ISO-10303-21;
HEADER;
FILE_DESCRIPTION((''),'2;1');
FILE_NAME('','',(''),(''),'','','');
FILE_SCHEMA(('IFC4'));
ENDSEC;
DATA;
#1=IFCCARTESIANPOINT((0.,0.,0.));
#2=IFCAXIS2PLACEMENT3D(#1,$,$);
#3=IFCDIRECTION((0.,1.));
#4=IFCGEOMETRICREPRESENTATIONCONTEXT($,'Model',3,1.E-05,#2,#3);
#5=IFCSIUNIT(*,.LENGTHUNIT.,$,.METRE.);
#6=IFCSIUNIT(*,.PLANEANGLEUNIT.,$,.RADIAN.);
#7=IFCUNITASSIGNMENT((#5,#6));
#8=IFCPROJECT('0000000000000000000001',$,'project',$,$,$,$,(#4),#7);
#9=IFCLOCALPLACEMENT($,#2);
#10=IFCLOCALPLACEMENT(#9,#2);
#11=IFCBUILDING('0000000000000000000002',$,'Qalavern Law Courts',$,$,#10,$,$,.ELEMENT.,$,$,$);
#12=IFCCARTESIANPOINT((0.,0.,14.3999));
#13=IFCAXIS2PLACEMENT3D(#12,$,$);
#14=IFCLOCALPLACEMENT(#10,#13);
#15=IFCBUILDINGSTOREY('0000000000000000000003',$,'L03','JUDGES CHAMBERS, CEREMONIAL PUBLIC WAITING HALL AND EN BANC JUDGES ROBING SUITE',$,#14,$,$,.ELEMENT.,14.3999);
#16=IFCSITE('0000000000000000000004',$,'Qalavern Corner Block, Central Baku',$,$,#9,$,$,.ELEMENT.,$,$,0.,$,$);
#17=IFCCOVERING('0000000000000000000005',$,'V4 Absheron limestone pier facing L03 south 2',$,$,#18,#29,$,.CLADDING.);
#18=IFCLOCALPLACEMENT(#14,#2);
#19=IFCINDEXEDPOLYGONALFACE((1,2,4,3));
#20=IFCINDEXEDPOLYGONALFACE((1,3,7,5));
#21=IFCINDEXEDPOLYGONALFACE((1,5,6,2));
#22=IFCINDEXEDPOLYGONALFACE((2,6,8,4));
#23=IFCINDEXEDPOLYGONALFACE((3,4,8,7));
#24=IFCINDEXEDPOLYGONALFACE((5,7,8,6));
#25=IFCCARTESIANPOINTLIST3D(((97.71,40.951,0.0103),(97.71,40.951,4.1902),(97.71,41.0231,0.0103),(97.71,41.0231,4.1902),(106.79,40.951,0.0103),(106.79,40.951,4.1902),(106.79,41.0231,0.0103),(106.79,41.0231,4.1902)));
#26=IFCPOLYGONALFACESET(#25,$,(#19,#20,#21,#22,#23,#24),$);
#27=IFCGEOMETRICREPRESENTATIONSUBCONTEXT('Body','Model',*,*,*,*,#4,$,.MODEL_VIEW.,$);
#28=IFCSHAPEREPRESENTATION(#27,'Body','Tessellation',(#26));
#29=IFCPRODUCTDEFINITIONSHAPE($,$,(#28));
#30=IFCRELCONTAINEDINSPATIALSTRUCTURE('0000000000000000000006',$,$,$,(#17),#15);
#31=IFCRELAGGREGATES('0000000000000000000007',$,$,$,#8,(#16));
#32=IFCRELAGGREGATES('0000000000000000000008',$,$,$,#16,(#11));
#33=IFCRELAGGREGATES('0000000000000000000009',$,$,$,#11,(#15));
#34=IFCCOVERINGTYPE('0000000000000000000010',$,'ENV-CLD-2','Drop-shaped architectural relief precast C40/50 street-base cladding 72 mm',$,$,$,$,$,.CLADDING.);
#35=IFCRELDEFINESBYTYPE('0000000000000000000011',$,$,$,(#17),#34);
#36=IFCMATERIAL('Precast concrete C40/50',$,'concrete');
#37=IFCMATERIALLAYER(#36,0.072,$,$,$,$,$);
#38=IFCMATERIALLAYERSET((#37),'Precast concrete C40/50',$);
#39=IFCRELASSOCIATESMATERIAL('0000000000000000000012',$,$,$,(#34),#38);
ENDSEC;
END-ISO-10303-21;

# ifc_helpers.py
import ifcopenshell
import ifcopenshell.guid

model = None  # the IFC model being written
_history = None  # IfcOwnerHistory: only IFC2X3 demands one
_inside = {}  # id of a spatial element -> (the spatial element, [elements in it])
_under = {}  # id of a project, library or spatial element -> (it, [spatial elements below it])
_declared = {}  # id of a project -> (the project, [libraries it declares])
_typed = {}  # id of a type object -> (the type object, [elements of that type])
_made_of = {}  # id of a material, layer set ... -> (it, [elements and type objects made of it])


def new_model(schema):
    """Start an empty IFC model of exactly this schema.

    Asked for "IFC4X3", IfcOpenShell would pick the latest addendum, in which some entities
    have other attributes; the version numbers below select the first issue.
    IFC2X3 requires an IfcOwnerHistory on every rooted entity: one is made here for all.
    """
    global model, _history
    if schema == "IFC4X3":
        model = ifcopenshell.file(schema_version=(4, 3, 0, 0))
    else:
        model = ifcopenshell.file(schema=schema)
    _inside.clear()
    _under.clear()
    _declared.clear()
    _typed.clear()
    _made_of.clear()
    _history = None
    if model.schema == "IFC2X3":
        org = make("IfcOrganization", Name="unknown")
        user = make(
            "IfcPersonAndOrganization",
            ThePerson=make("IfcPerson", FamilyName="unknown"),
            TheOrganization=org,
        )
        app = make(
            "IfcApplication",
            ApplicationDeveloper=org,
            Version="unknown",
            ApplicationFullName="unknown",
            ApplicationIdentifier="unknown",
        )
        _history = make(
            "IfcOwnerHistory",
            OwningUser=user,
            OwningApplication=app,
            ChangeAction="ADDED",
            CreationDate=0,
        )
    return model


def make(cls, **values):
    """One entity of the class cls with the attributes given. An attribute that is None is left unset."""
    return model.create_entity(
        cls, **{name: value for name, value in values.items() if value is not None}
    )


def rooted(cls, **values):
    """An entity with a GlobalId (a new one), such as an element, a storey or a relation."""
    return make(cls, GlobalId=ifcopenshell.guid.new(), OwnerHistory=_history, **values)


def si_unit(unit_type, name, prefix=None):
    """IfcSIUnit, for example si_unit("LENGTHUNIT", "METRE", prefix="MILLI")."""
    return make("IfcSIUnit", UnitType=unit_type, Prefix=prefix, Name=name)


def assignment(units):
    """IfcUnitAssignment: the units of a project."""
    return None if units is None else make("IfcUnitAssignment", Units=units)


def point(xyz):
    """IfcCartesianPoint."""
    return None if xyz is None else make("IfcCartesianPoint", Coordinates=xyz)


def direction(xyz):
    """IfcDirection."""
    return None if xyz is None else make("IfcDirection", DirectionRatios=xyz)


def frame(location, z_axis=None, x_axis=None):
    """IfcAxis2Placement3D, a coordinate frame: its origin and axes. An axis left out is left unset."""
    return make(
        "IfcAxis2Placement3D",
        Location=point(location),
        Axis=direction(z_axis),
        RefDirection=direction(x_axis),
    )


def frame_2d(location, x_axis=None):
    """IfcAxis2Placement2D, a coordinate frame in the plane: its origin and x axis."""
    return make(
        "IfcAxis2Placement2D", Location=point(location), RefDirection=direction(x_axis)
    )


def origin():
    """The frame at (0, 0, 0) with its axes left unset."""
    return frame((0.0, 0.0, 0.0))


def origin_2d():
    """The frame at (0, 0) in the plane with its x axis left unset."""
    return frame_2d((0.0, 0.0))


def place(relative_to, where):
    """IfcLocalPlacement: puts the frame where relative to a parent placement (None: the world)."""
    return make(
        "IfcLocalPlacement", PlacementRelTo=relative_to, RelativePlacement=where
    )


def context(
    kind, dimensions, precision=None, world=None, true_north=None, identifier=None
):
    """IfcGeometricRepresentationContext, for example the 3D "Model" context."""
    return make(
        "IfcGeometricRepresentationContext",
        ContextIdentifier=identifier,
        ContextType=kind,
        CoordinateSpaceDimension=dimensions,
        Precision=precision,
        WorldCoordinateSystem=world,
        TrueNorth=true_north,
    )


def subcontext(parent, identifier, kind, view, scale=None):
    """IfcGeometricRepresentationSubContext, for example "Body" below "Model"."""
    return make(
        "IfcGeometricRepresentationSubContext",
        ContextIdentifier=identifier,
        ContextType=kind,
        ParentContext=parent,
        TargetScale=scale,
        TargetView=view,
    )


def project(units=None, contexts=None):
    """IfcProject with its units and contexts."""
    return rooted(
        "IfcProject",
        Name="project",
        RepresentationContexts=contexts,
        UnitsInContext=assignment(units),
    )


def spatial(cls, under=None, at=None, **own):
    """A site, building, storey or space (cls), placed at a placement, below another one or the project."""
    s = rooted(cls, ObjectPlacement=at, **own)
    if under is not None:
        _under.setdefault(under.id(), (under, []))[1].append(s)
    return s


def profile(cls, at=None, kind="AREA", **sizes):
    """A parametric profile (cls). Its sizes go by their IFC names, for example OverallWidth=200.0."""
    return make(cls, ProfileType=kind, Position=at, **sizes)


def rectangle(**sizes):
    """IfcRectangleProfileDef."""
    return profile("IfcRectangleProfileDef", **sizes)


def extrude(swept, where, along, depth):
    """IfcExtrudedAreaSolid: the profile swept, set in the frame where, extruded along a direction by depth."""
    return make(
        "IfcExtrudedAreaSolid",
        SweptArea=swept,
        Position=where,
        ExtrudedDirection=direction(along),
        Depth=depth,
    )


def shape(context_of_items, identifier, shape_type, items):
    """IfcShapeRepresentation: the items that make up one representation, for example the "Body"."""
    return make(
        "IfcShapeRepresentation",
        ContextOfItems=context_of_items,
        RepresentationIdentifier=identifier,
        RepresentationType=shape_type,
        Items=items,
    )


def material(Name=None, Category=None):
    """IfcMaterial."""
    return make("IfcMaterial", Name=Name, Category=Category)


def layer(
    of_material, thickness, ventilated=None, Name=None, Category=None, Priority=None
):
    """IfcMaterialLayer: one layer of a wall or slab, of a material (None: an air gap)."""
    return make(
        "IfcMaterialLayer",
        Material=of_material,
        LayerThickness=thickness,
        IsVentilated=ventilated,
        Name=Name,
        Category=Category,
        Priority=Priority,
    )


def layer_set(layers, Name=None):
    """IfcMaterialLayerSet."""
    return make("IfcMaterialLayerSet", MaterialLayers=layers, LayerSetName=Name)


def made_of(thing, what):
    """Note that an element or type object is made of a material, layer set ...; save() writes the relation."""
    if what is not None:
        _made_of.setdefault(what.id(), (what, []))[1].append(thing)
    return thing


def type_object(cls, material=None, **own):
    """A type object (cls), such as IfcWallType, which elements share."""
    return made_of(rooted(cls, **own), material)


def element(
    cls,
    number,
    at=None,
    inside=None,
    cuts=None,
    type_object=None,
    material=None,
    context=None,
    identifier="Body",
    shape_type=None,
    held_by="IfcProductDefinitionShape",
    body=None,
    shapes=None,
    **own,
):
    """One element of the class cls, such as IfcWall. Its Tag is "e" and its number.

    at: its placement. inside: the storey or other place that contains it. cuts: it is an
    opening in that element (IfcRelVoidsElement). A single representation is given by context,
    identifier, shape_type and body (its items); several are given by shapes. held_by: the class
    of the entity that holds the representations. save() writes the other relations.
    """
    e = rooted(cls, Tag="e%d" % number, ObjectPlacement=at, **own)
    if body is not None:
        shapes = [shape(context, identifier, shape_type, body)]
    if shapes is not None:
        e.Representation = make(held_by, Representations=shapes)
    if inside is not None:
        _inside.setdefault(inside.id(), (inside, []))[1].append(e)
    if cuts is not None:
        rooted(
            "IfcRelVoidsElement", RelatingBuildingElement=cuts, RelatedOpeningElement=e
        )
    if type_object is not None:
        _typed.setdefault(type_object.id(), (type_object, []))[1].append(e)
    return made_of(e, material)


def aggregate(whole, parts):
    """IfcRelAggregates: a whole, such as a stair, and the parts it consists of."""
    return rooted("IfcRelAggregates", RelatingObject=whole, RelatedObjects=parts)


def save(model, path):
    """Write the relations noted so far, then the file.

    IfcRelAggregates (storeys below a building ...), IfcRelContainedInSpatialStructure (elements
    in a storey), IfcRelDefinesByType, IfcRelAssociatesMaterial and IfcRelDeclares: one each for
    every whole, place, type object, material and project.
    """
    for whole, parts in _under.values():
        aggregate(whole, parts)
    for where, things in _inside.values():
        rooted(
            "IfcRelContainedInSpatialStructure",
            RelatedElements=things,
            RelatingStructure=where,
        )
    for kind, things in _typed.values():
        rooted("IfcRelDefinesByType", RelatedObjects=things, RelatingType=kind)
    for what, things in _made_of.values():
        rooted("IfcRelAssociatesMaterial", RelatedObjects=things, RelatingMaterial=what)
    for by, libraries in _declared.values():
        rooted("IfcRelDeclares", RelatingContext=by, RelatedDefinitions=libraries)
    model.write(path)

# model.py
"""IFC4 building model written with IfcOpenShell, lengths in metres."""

from ifc_helpers import new_model, si_unit, direction, frame, origin, origin_2d, place, context, subcontext, project, spatial, rectangle, extrude, material, layer, layer_set, type_object, element, save


model = new_model("IFC4")

# Units and contexts
model_context = context("Model", 3, precision=1e-05, world=origin(), true_north=direction((0.0, 1.0)))
body_context = subcontext(model_context, "Body", "Model", "MODEL_VIEW")
ifc_project = project(units=[si_unit("LENGTHUNIT", "METRE"), si_unit("PLANEANGLEUNIT", "RADIAN")], contexts=[model_context])

# Site, building, storey
site_placement = place(None, origin())
site = spatial("IfcSite", under=ifc_project, at=site_placement, Name="Qalavern Corner Block, Central Baku", CompositionType="ELEMENT", RefElevation=0.0)
building_placement = place(site_placement, origin())
building = spatial("IfcBuilding", under=site, at=building_placement, Name="Qalavern Law Courts", CompositionType="ELEMENT")
storey_placement = place(building_placement, frame((0.0, 0.0, 14.3999)))
storey = spatial("IfcBuildingStorey", under=building, at=storey_placement, Name="L03", Description="JUDGES CHAMBERS, CEREMONIAL PUBLIC WAITING HALL AND EN BANC JUDGES ROBING SUITE", CompositionType="ELEMENT", Elevation=14.3999)

# Covering
ifc_material_1 = material(Name="Precast concrete C40/50", Category="concrete")
ifc_layer_1 = layer(ifc_material_1, 0.072)
ifc_layer_set_1 = layer_set([ifc_layer_1], Name="Precast concrete C40/50")
covering_type = type_object("IfcCoveringType", Name="ENV-CLD-2", Description="Drop-shaped architectural relief precast C40/50 street-base cladding 72 mm", PredefinedType="CLADDING", material=ifc_layer_set_1)
covering_1_placement = place(storey_placement, frame((102.25, 40.9871, 0.0103), z_axis=(0.0, 0.0, 1.0), x_axis=(1.0, 0.0, 0.0)))
element("IfcCovering", 1, at=covering_1_placement, inside=storey, type_object=covering_type, Name="V4 Absheron limestone pier facing L03 south 2", PredefinedType="CLADDING", context=body_context, shape_type="SweptSolid", body=[
    extrude(rectangle(XDim=9.0801, YDim=0.072, at=origin_2d()), origin(), (0.0, 0.0, 1.0), 4.1799),
])

save(model, "model.ifc")
